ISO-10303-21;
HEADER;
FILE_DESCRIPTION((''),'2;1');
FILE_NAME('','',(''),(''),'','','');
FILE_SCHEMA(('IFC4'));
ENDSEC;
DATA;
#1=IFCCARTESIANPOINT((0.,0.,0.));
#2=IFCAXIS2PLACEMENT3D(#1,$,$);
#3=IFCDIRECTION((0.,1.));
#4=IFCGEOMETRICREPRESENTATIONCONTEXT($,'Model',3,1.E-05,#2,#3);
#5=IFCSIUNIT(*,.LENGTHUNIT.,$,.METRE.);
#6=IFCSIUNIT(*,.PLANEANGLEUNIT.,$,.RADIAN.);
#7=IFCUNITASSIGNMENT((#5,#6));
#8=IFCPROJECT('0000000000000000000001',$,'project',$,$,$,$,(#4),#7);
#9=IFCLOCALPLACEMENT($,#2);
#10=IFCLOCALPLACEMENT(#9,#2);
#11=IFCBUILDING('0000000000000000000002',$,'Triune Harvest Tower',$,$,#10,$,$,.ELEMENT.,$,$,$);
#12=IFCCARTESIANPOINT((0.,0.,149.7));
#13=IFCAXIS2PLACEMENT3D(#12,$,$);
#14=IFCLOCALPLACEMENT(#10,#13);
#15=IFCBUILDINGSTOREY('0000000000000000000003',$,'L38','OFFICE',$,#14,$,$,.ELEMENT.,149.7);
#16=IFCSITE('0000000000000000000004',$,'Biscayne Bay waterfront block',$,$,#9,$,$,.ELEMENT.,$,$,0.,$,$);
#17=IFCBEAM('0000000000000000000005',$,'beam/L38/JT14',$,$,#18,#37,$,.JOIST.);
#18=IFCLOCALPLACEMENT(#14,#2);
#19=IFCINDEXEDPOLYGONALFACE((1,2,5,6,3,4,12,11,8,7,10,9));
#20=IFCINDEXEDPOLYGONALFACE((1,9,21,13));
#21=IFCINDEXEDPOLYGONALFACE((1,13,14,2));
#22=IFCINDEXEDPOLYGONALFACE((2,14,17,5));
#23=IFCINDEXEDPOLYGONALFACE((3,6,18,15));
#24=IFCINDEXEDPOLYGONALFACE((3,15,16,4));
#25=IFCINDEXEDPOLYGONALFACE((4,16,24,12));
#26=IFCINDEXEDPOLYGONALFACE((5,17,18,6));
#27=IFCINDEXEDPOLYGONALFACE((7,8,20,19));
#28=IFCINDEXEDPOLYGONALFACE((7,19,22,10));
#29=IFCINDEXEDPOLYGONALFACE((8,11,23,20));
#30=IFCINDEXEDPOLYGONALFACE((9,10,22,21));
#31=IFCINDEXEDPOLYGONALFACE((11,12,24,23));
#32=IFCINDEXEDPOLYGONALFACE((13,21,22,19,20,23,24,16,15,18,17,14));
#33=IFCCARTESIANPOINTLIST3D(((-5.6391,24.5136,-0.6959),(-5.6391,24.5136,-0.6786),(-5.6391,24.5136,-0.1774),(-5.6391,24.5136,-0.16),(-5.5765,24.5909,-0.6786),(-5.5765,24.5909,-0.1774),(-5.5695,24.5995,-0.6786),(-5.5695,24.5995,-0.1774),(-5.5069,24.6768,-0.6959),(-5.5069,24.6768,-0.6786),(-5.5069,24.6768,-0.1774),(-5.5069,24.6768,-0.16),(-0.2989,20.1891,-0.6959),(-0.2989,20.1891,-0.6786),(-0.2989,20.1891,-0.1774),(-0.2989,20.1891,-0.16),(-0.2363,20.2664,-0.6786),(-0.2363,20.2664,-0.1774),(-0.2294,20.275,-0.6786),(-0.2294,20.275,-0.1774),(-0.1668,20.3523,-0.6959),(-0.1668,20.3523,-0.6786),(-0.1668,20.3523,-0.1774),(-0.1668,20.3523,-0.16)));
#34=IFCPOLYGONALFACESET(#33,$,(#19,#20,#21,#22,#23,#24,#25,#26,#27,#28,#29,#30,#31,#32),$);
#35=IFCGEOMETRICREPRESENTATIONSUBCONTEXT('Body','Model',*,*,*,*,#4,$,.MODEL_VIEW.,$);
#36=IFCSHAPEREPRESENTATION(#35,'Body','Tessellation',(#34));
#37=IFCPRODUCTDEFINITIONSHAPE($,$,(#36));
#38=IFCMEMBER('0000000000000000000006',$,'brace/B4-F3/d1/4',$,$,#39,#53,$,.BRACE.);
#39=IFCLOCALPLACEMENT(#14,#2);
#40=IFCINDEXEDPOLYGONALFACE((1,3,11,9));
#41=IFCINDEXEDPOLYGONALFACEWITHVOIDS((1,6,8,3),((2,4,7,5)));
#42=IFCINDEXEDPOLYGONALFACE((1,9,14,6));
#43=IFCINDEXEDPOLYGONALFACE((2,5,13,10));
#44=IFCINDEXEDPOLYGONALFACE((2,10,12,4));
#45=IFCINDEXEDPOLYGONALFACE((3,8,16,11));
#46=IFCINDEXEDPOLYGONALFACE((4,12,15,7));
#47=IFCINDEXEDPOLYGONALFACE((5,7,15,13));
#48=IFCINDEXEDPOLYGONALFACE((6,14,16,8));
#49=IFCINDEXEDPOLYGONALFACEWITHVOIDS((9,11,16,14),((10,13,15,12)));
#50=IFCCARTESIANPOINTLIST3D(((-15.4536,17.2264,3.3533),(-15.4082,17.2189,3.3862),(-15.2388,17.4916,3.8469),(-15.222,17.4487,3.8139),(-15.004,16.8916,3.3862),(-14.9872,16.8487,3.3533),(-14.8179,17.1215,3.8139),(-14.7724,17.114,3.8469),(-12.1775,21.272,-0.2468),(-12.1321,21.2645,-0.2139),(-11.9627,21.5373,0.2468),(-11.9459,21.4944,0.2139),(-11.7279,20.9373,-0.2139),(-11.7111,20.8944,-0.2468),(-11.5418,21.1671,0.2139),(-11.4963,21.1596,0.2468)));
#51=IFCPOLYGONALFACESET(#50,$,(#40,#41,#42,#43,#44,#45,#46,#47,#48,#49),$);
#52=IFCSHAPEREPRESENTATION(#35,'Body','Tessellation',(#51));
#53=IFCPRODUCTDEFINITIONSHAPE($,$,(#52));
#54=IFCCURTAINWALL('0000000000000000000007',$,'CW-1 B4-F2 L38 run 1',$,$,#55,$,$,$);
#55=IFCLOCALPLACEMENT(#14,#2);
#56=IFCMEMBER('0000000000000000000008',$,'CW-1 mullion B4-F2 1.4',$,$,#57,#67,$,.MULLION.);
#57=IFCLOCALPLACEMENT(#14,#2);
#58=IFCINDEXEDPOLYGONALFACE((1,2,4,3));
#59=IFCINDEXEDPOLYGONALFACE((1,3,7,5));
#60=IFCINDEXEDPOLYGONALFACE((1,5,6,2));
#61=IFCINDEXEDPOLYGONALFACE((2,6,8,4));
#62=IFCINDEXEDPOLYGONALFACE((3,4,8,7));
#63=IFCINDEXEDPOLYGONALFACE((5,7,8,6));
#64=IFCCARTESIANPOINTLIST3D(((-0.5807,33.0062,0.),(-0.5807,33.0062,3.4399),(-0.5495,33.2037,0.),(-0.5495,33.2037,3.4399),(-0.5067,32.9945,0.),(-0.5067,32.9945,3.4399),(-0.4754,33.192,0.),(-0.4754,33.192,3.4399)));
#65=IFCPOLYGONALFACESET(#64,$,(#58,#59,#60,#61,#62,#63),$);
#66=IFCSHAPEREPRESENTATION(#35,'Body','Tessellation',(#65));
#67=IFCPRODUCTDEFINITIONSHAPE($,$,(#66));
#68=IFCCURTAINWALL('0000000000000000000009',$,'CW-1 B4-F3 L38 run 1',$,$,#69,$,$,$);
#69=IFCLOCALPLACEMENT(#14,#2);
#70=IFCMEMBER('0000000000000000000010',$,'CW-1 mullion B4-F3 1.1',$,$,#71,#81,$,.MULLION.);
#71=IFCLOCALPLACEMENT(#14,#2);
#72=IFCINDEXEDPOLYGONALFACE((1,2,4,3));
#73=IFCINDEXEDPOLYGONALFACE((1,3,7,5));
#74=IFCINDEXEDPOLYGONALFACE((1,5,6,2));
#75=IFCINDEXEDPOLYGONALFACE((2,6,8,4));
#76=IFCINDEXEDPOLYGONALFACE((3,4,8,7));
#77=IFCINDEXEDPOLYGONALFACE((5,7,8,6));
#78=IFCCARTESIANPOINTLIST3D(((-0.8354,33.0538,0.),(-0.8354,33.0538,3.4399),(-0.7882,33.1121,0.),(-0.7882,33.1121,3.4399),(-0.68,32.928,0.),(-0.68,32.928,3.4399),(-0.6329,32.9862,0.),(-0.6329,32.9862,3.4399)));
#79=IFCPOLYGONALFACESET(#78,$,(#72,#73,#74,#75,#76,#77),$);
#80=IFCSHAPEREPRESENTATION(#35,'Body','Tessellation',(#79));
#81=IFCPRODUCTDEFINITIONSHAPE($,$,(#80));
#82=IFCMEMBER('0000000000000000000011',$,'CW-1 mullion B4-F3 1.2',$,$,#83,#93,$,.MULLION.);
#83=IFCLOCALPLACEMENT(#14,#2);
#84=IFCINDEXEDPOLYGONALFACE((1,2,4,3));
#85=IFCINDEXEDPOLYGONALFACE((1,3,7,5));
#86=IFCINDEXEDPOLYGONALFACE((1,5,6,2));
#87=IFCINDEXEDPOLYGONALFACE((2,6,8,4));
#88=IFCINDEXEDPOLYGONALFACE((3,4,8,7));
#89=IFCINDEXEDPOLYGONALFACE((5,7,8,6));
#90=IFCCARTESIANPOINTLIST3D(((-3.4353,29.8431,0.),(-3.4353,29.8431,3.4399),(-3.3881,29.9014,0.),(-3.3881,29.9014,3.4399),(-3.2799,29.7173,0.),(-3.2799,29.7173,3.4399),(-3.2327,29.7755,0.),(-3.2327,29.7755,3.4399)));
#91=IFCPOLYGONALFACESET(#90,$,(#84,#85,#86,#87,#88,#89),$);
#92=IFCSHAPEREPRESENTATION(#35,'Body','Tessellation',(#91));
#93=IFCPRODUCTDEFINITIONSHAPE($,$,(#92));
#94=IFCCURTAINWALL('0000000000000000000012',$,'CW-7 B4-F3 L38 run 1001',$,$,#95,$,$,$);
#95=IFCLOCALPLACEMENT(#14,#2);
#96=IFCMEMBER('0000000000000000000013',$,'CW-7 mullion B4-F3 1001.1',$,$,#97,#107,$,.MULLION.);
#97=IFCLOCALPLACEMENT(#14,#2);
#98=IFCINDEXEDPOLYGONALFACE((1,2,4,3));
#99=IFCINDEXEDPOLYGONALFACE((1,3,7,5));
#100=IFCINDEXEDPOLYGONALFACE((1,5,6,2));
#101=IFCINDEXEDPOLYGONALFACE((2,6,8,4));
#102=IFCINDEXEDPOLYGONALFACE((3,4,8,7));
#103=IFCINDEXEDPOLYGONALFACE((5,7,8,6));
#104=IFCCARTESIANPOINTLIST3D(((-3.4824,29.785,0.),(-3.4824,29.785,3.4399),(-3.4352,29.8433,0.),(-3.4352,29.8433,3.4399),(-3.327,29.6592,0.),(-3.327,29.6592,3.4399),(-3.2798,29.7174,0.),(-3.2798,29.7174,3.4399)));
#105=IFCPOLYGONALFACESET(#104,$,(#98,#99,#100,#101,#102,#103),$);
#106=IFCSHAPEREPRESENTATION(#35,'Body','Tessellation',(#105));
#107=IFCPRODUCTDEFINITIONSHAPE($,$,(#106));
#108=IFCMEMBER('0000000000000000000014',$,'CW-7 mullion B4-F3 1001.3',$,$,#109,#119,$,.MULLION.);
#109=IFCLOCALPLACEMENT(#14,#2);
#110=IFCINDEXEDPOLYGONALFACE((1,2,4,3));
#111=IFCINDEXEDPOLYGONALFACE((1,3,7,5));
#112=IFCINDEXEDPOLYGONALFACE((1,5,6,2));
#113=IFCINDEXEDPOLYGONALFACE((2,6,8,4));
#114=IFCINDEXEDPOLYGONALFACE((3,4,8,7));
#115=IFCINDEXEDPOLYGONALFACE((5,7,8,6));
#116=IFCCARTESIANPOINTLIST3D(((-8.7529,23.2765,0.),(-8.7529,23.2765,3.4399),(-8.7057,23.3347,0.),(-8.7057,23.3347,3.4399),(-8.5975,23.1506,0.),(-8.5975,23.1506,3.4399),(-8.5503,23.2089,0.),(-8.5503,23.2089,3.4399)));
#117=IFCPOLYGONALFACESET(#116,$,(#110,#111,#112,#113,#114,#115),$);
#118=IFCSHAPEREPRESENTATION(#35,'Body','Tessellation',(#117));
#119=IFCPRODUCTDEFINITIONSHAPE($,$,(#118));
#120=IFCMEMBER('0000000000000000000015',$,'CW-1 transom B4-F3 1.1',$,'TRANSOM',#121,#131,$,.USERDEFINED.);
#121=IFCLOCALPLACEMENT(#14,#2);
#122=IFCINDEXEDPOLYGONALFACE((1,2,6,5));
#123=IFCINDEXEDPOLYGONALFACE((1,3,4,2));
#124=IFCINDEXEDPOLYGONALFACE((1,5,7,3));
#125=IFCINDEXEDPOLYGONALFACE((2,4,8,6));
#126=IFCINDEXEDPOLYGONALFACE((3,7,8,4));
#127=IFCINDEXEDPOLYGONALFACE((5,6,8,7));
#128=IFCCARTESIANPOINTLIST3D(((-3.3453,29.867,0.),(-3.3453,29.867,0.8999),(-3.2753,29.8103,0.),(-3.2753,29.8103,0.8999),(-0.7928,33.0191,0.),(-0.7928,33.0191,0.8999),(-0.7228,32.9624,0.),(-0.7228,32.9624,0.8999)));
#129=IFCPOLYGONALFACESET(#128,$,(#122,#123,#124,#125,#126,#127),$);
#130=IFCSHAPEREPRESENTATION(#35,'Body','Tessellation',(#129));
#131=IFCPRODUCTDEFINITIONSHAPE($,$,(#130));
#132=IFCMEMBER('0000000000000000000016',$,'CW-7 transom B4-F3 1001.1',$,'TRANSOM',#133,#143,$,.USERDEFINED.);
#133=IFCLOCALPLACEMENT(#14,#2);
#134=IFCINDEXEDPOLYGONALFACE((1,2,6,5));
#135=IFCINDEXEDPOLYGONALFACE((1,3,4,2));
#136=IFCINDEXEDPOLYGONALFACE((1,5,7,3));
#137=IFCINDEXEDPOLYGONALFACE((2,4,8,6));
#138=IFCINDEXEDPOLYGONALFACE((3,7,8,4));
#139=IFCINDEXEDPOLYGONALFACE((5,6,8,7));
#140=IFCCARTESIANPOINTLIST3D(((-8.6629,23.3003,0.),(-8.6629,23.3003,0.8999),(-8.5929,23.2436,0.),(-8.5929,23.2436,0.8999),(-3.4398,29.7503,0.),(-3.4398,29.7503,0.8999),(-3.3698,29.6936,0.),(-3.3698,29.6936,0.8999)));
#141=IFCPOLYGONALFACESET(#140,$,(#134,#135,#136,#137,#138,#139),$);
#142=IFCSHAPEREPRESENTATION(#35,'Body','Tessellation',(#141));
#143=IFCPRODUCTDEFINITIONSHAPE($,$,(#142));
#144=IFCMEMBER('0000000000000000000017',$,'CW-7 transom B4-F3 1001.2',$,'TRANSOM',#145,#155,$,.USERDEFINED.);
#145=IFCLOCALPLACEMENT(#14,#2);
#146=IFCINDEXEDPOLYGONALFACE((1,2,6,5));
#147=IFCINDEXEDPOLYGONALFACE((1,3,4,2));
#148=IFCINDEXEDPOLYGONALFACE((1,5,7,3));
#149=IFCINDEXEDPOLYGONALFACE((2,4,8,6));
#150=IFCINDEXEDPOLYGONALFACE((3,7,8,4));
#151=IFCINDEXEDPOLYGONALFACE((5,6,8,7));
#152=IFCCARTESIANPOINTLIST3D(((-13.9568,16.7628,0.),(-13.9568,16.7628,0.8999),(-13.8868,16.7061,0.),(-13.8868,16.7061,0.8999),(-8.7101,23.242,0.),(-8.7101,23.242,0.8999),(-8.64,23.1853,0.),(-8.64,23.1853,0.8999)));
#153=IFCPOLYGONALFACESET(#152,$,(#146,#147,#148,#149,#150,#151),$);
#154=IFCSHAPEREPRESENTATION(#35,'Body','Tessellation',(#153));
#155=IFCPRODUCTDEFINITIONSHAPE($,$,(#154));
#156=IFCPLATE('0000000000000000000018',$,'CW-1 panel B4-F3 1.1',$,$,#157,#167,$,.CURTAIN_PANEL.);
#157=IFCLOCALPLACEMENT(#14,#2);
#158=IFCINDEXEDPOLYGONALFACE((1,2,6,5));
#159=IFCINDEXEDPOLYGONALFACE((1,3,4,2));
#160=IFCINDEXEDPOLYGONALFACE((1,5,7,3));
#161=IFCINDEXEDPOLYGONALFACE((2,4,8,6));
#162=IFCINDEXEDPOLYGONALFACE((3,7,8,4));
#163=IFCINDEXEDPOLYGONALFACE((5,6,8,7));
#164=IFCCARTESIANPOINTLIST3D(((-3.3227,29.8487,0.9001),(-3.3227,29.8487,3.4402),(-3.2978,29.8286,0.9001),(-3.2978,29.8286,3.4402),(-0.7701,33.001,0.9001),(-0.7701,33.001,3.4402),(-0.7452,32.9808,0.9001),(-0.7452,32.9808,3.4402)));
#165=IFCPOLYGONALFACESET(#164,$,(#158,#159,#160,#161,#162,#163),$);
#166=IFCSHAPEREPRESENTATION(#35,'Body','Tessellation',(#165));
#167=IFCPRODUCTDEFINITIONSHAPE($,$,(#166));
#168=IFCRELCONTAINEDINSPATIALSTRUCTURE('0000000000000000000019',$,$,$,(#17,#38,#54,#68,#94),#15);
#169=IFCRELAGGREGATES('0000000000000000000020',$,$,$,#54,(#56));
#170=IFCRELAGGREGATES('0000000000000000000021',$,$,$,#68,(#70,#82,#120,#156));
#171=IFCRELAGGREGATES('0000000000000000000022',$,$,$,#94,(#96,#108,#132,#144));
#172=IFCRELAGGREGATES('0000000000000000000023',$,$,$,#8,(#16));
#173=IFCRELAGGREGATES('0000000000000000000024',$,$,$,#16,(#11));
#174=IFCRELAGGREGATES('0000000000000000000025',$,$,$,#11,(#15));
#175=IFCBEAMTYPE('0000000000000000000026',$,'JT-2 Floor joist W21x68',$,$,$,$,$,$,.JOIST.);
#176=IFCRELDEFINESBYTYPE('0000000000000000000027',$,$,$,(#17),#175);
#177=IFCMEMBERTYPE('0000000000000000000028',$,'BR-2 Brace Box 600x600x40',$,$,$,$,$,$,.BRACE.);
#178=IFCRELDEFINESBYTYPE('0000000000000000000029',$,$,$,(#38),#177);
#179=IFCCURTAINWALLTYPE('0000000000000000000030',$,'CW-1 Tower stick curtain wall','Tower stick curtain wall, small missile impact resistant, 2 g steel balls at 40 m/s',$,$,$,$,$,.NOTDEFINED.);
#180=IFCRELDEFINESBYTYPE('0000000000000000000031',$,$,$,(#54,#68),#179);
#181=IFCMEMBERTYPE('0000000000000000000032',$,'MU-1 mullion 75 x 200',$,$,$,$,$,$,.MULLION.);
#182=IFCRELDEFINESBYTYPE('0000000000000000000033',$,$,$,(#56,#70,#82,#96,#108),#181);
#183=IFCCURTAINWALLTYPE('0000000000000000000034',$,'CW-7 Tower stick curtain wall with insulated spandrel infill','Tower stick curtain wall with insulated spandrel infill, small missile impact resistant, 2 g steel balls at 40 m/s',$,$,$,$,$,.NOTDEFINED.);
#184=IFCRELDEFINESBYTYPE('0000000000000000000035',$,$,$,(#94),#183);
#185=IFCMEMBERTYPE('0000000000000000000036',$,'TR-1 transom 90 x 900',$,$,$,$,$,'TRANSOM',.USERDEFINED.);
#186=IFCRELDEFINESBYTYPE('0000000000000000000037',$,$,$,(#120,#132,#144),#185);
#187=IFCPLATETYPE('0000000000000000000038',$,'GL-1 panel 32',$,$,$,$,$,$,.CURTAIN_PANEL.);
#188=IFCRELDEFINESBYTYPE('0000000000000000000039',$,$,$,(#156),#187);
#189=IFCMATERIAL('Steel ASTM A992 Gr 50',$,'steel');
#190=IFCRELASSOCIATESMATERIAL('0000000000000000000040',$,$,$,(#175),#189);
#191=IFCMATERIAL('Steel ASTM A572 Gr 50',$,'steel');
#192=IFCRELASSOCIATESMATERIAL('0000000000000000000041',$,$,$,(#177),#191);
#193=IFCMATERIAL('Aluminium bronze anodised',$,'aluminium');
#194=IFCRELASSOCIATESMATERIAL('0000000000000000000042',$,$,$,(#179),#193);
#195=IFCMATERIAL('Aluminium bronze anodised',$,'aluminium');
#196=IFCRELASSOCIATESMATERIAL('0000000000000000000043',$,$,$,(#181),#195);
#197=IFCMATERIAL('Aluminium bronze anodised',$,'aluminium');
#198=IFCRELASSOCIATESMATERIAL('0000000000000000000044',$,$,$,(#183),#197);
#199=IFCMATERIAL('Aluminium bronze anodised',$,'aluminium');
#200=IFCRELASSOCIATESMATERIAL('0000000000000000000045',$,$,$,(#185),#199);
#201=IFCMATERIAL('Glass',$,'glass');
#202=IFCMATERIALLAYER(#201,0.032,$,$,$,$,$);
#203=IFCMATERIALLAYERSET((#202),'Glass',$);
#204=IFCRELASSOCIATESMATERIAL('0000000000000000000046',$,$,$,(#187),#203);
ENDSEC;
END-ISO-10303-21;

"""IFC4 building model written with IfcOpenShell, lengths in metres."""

from ifc_helpers import new_model, si_unit, direction, frame, origin, origin_2d, place, context, subcontext, project, spatial, rectangle, hollow_rectangle, i_section, extrude, source, transform, mapped, material, layer, layer_set, material_profile, profile_set, type_object, element, aggregate, save


model = new_model("IFC4")

# Units and contexts
model_context = context("Model", 3, precision=1e-05, world=origin(), true_north=direction((0.0, 1.0)))
body_context = subcontext(model_context, "Body", "Model", "MODEL_VIEW")
ifc_project = project(units=[si_unit("LENGTHUNIT", "METRE"), si_unit("PLANEANGLEUNIT", "RADIAN")], contexts=[model_context])

# Site, building, storey
site_placement = place(None, origin())
site = spatial("IfcSite", under=ifc_project, at=site_placement, Name="Biscayne Bay waterfront block", CompositionType="ELEMENT", RefElevation=0.0)
building_placement = place(site_placement, origin())
building = spatial("IfcBuilding", under=site, at=building_placement, Name="Triune Harvest Tower", CompositionType="ELEMENT")
storey_placement = place(building_placement, frame((0.0, 0.0, 149.7)))
storey = spatial("IfcBuildingStorey", under=building, at=storey_placement, Name="L38", Description="OFFICE", CompositionType="ELEMENT", Elevation=149.7)

# Beam
ifc_material_1 = material(Name="Steel ASTM A992 Gr 50", Category="steel")
ifc_material_profile_1 = material_profile(ifc_material_1, i_section(OverallWidth=0.21, OverallDepth=0.5359, WebThickness=0.011, FlangeThickness=0.0173, at=origin_2d()), Name="W21x68")
ifc_profile_set_1 = profile_set([ifc_material_profile_1], Name="Steel ASTM A992 Gr 50")
beam_type_1 = type_object("IfcBeamType", Name="JT-2 Floor joist W21x68", PredefinedType="JOIST", material=ifc_profile_set_1)
shared_shape_1 = source(origin(), body_context, "Body", "SweptSolid", [
    extrude(i_section(OverallWidth=0.21, OverallDepth=0.5359, WebThickness=0.011, FlangeThickness=0.0173, at=origin_2d()), origin(), (0.0, 0.0, 1.0), 6.8716),
])
beam_1_placement = place(storey_placement, frame((-5.573, 24.5952, -0.428), z_axis=(0.777136, -0.629333, 0.0), x_axis=(0.629333, 0.777136, 0.0)))
element("IfcBeam", 1, at=beam_1_placement, inside=storey, type_object=beam_type_1, Name="beam/L38/JT14", PredefinedType="JOIST", context=body_context, shape_type="MappedRepresentation", body=[
    mapped(shared_shape_1, transform((0.0, 0.0, 0.0), scale=1.0)),
])

# Member
ifc_material_2 = material(Name="Steel ASTM A572 Gr 50", Category="steel")
ifc_material_profile_2 = material_profile(ifc_material_2, hollow_rectangle(XDim=0.6001, YDim=0.6001, WallThickness=0.04, at=origin_2d()), Name="Box 600x600x40")
ifc_profile_set_2 = profile_set([ifc_material_profile_2], Name="Steel ASTM A572 Gr 50")
member_type_1 = type_object("IfcMemberType", Name="BR-2 Brace Box 600x600x40", PredefinedType="BRACE", material=ifc_profile_set_2)
shared_shape_2 = source(origin(), body_context, "Body", "SweptSolid", [
    extrude(hollow_rectangle(XDim=0.6001, YDim=0.6001, WallThickness=0.04, at=origin_2d()), origin(), (0.0, 0.0, 1.0), 6.3293),
])
member_1_placement = place(storey_placement, frame((-11.8369, 21.2158, 0.0), z_axis=(-0.517606, -0.639187, 0.568792), x_axis=(0.777144, -0.629322, 0.0)))
element("IfcMember", 2, at=member_1_placement, inside=storey, type_object=member_type_1, Name="brace/B4-F3/d1/4", PredefinedType="BRACE", context=body_context, shape_type="MappedRepresentation", body=[
    mapped(shared_shape_2, transform((0.0, 0.0, 0.0), scale=1.0)),
])

# Curtain wall, member
ifc_material_3 = material(Name="Aluminium bronze anodised", Category="aluminium")
curtain_wall_type_1 = type_object("IfcCurtainWallType", Name="CW-1 Tower stick curtain wall", Description="Tower stick curtain wall, small missile impact resistant, 2 g steel balls at 40 m/s", PredefinedType="NOTDEFINED", material=ifc_material_3)
curtain_wall_1_placement = place(storey_placement, origin())
curtain_wall_1 = element("IfcCurtainWall", 3, at=curtain_wall_1_placement, inside=storey, type_object=curtain_wall_type_1, Name="CW-1 B4-F2 L38 run 1")
ifc_material_4 = material(Name="Aluminium bronze anodised", Category="aluminium")
ifc_material_profile_3 = material_profile(ifc_material_4, rectangle(XDim=0.2, YDim=0.075, at=origin_2d()), Name="MU-1 mullion 75 x 200")
ifc_profile_set_3 = profile_set([ifc_material_profile_3], Name="Aluminium bronze anodised")
member_type_2 = type_object("IfcMemberType", Name="MU-1 mullion 75 x 200", PredefinedType="MULLION", material=ifc_profile_set_3)
shared_shape_3 = source(origin(), body_context, "Body", "SweptSolid", [
    extrude(rectangle(XDim=0.2, YDim=0.075, at=origin_2d()), origin(), (0.0, 0.0, 1.0), 3.4399),
])
member_2_placement = place(storey_placement, frame((-0.5281, 33.0991, 0.0), z_axis=(0.0, 0.0, 1.0), x_axis=(-0.156433, -0.987689, 0.0)))
member_2 = element("IfcMember", 4, at=member_2_placement, type_object=member_type_2, Name="CW-1 mullion B4-F2 1.4", PredefinedType="MULLION", context=body_context, shape_type="MappedRepresentation", body=[
    mapped(shared_shape_3, transform((0.0, 0.0, 0.0), scale=1.0)),
])
aggregate(curtain_wall_1, [member_2])

# Curtain walls, members
curtain_wall_2_placement = place(storey_placement, origin())
curtain_wall_2 = element("IfcCurtainWall", 5, at=curtain_wall_2_placement, inside=storey, type_object=curtain_wall_type_1, Name="CW-1 B4-F3 L38 run 1")
member_3_placement = place(storey_placement, frame((-0.7341, 33.02, 0.0), z_axis=(0.0, 0.0, 1.0), x_axis=(0.777149, -0.629317, 0.0)))
member_3 = element("IfcMember", 6, at=member_3_placement, type_object=member_type_2, Name="CW-1 mullion B4-F3 1.1", PredefinedType="MULLION", context=body_context, shape_type="MappedRepresentation", body=[
    mapped(shared_shape_3, transform((0.0, 0.0, 0.0), scale=1.0)),
])
member_4_placement = place(storey_placement, frame((-3.334, 29.8093, 0.0), z_axis=(0.0, 0.0, 1.0), x_axis=(0.777149, -0.629317, 0.0)))
member_4 = element("IfcMember", 7, at=member_4_placement, type_object=member_type_2, Name="CW-1 mullion B4-F3 1.2", PredefinedType="MULLION", context=body_context, shape_type="MappedRepresentation", body=[
    mapped(shared_shape_3, transform((0.0, 0.0, 0.0), scale=1.0)),
])
ifc_material_5 = material(Name="Aluminium bronze anodised", Category="aluminium")
curtain_wall_type_2 = type_object("IfcCurtainWallType", Name="CW-7 Tower stick curtain wall with insulated spandrel infill", Description="Tower stick curtain wall with insulated spandrel infill, small missile impact resistant, 2 g steel balls at 40 m/s", PredefinedType="NOTDEFINED", material=ifc_material_5)
curtain_wall_3_placement = place(storey_placement, origin())
curtain_wall_3 = element("IfcCurtainWall", 8, at=curtain_wall_3_placement, inside=storey, type_object=curtain_wall_type_2, Name="CW-7 B4-F3 L38 run 1001")
member_5_placement = place(storey_placement, frame((-3.3811, 29.7512, 0.0), z_axis=(0.0, 0.0, 1.0), x_axis=(0.777144, -0.629322, 0.0)))
member_5 = element("IfcMember", 9, at=member_5_placement, type_object=member_type_2, Name="CW-7 mullion B4-F3 1001.1", PredefinedType="MULLION", context=body_context, shape_type="MappedRepresentation", body=[
    mapped(shared_shape_3, transform((0.0, 0.0, 0.0), scale=1.0)),
])
member_6_placement = place(storey_placement, frame((-8.6516, 23.2427, 0.0), z_axis=(0.0, 0.0, 1.0), x_axis=(0.777144, -0.629322, 0.0)))
member_6 = element("IfcMember", 10, at=member_6_placement, type_object=member_type_2, Name="CW-7 mullion B4-F3 1001.3", PredefinedType="MULLION", context=body_context, shape_type="MappedRepresentation", body=[
    mapped(shared_shape_3, transform((0.0, 0.0, 0.0), scale=1.0)),
])

# Members
ifc_material_6 = material(Name="Aluminium bronze anodised", Category="aluminium")
ifc_material_profile_4 = material_profile(ifc_material_6, rectangle(XDim=0.0901, YDim=0.8999, at=origin_2d()), Name="TR-1 transom 90 x 900")
ifc_profile_set_4 = profile_set([ifc_material_profile_4], Name="Aluminium bronze anodised")
member_type_3 = type_object("IfcMemberType", Name="TR-1 transom 90 x 900", ElementType="TRANSOM", PredefinedType="USERDEFINED", material=ifc_profile_set_4)
shared_shape_4 = source(origin(), body_context, "Body", "SweptSolid", [
    extrude(rectangle(XDim=0.0901, YDim=0.8999, at=origin_2d()), origin(), (0.0, 0.0, 1.0), 4.0559),
])
member_7_placement = place(storey_placement, frame((-0.7578, 32.9907, 0.45), z_axis=(-0.629316, -0.77715, 0.0), x_axis=(0.77715, -0.629316, 0.0)))
member_7 = element("IfcMember", 11, at=member_7_placement, type_object=member_type_3, Name="CW-1 transom B4-F3 1.1", ObjectType="TRANSOM", PredefinedType="USERDEFINED", context=body_context, shape_type="MappedRepresentation", body=[
    mapped(shared_shape_4, transform((0.0, 0.0, 0.0), scale=1.0)),
])
shared_shape_5 = source(origin(), body_context, "Body", "SweptSolid", [
    extrude(rectangle(XDim=0.0901, YDim=0.8999, at=origin_2d()), origin(), (0.0, 0.0, 1.0), 8.2996),
])
member_8_placement = place(storey_placement, frame((-3.4048, 29.7219, 0.45), z_axis=(-0.629326, -0.777141, 0.0), x_axis=(0.777141, -0.629326, 0.0)))
member_8 = element("IfcMember", 12, at=member_8_placement, type_object=member_type_3, Name="CW-7 transom B4-F3 1001.1", ObjectType="TRANSOM", PredefinedType="USERDEFINED", context=body_context, shape_type="MappedRepresentation", body=[
    mapped(shared_shape_5, transform((0.0, 0.0, 0.0), scale=1.0)),
])
shared_shape_6 = source(origin(), body_context, "Body", "SweptSolid", [
    extrude(rectangle(XDim=0.0901, YDim=0.8999, at=origin_2d()), origin(), (0.0, 0.0, 1.0), 8.3372),
])
member_9_placement = place(storey_placement, frame((-8.675, 23.2136, 0.45), z_axis=(-0.629323, -0.777144, 0.0), x_axis=(0.777144, -0.629323, 0.0)))
member_9 = element("IfcMember", 13, at=member_9_placement, type_object=member_type_3, Name="CW-7 transom B4-F3 1001.2", ObjectType="TRANSOM", PredefinedType="USERDEFINED", context=body_context, shape_type="MappedRepresentation", body=[
    mapped(shared_shape_6, transform((0.0, 0.0, 0.0), scale=1.0)),
])

# Plate
ifc_material_7 = material(Name="Glass", Category="glass")
ifc_layer_1 = layer(ifc_material_7, 0.032)
ifc_layer_set_1 = layer_set([ifc_layer_1], Name="Glass")
plate_type_1 = type_object("IfcPlateType", Name="GL-1 panel 32", PredefinedType="CURTAIN_PANEL", material=ifc_layer_set_1)
shared_shape_7 = source(origin(), body_context, "Body", "SweptSolid", [
    extrude(rectangle(XDim=4.0562, YDim=0.032, at=origin_2d()), origin(), (0.0, 0.0, 1.0), 2.54),
])
plate_1_placement = place(storey_placement, frame((-2.0339, 31.4148, 0.9001), z_axis=(0.0, 0.0, 1.0), x_axis=(-0.629317, -0.777149, 0.0)))
plate_1 = element("IfcPlate", 14, at=plate_1_placement, type_object=plate_type_1, Name="CW-1 panel B4-F3 1.1", PredefinedType="CURTAIN_PANEL", context=body_context, shape_type="MappedRepresentation", body=[
    mapped(shared_shape_7, transform((0.0, 0.0, 0.0), scale=1.0)),
])
aggregate(curtain_wall_2, [member_3, member_4, member_7, plate_1])
aggregate(curtain_wall_3, [member_5, member_6, member_8, member_9])

save(model, "model.ifc")
